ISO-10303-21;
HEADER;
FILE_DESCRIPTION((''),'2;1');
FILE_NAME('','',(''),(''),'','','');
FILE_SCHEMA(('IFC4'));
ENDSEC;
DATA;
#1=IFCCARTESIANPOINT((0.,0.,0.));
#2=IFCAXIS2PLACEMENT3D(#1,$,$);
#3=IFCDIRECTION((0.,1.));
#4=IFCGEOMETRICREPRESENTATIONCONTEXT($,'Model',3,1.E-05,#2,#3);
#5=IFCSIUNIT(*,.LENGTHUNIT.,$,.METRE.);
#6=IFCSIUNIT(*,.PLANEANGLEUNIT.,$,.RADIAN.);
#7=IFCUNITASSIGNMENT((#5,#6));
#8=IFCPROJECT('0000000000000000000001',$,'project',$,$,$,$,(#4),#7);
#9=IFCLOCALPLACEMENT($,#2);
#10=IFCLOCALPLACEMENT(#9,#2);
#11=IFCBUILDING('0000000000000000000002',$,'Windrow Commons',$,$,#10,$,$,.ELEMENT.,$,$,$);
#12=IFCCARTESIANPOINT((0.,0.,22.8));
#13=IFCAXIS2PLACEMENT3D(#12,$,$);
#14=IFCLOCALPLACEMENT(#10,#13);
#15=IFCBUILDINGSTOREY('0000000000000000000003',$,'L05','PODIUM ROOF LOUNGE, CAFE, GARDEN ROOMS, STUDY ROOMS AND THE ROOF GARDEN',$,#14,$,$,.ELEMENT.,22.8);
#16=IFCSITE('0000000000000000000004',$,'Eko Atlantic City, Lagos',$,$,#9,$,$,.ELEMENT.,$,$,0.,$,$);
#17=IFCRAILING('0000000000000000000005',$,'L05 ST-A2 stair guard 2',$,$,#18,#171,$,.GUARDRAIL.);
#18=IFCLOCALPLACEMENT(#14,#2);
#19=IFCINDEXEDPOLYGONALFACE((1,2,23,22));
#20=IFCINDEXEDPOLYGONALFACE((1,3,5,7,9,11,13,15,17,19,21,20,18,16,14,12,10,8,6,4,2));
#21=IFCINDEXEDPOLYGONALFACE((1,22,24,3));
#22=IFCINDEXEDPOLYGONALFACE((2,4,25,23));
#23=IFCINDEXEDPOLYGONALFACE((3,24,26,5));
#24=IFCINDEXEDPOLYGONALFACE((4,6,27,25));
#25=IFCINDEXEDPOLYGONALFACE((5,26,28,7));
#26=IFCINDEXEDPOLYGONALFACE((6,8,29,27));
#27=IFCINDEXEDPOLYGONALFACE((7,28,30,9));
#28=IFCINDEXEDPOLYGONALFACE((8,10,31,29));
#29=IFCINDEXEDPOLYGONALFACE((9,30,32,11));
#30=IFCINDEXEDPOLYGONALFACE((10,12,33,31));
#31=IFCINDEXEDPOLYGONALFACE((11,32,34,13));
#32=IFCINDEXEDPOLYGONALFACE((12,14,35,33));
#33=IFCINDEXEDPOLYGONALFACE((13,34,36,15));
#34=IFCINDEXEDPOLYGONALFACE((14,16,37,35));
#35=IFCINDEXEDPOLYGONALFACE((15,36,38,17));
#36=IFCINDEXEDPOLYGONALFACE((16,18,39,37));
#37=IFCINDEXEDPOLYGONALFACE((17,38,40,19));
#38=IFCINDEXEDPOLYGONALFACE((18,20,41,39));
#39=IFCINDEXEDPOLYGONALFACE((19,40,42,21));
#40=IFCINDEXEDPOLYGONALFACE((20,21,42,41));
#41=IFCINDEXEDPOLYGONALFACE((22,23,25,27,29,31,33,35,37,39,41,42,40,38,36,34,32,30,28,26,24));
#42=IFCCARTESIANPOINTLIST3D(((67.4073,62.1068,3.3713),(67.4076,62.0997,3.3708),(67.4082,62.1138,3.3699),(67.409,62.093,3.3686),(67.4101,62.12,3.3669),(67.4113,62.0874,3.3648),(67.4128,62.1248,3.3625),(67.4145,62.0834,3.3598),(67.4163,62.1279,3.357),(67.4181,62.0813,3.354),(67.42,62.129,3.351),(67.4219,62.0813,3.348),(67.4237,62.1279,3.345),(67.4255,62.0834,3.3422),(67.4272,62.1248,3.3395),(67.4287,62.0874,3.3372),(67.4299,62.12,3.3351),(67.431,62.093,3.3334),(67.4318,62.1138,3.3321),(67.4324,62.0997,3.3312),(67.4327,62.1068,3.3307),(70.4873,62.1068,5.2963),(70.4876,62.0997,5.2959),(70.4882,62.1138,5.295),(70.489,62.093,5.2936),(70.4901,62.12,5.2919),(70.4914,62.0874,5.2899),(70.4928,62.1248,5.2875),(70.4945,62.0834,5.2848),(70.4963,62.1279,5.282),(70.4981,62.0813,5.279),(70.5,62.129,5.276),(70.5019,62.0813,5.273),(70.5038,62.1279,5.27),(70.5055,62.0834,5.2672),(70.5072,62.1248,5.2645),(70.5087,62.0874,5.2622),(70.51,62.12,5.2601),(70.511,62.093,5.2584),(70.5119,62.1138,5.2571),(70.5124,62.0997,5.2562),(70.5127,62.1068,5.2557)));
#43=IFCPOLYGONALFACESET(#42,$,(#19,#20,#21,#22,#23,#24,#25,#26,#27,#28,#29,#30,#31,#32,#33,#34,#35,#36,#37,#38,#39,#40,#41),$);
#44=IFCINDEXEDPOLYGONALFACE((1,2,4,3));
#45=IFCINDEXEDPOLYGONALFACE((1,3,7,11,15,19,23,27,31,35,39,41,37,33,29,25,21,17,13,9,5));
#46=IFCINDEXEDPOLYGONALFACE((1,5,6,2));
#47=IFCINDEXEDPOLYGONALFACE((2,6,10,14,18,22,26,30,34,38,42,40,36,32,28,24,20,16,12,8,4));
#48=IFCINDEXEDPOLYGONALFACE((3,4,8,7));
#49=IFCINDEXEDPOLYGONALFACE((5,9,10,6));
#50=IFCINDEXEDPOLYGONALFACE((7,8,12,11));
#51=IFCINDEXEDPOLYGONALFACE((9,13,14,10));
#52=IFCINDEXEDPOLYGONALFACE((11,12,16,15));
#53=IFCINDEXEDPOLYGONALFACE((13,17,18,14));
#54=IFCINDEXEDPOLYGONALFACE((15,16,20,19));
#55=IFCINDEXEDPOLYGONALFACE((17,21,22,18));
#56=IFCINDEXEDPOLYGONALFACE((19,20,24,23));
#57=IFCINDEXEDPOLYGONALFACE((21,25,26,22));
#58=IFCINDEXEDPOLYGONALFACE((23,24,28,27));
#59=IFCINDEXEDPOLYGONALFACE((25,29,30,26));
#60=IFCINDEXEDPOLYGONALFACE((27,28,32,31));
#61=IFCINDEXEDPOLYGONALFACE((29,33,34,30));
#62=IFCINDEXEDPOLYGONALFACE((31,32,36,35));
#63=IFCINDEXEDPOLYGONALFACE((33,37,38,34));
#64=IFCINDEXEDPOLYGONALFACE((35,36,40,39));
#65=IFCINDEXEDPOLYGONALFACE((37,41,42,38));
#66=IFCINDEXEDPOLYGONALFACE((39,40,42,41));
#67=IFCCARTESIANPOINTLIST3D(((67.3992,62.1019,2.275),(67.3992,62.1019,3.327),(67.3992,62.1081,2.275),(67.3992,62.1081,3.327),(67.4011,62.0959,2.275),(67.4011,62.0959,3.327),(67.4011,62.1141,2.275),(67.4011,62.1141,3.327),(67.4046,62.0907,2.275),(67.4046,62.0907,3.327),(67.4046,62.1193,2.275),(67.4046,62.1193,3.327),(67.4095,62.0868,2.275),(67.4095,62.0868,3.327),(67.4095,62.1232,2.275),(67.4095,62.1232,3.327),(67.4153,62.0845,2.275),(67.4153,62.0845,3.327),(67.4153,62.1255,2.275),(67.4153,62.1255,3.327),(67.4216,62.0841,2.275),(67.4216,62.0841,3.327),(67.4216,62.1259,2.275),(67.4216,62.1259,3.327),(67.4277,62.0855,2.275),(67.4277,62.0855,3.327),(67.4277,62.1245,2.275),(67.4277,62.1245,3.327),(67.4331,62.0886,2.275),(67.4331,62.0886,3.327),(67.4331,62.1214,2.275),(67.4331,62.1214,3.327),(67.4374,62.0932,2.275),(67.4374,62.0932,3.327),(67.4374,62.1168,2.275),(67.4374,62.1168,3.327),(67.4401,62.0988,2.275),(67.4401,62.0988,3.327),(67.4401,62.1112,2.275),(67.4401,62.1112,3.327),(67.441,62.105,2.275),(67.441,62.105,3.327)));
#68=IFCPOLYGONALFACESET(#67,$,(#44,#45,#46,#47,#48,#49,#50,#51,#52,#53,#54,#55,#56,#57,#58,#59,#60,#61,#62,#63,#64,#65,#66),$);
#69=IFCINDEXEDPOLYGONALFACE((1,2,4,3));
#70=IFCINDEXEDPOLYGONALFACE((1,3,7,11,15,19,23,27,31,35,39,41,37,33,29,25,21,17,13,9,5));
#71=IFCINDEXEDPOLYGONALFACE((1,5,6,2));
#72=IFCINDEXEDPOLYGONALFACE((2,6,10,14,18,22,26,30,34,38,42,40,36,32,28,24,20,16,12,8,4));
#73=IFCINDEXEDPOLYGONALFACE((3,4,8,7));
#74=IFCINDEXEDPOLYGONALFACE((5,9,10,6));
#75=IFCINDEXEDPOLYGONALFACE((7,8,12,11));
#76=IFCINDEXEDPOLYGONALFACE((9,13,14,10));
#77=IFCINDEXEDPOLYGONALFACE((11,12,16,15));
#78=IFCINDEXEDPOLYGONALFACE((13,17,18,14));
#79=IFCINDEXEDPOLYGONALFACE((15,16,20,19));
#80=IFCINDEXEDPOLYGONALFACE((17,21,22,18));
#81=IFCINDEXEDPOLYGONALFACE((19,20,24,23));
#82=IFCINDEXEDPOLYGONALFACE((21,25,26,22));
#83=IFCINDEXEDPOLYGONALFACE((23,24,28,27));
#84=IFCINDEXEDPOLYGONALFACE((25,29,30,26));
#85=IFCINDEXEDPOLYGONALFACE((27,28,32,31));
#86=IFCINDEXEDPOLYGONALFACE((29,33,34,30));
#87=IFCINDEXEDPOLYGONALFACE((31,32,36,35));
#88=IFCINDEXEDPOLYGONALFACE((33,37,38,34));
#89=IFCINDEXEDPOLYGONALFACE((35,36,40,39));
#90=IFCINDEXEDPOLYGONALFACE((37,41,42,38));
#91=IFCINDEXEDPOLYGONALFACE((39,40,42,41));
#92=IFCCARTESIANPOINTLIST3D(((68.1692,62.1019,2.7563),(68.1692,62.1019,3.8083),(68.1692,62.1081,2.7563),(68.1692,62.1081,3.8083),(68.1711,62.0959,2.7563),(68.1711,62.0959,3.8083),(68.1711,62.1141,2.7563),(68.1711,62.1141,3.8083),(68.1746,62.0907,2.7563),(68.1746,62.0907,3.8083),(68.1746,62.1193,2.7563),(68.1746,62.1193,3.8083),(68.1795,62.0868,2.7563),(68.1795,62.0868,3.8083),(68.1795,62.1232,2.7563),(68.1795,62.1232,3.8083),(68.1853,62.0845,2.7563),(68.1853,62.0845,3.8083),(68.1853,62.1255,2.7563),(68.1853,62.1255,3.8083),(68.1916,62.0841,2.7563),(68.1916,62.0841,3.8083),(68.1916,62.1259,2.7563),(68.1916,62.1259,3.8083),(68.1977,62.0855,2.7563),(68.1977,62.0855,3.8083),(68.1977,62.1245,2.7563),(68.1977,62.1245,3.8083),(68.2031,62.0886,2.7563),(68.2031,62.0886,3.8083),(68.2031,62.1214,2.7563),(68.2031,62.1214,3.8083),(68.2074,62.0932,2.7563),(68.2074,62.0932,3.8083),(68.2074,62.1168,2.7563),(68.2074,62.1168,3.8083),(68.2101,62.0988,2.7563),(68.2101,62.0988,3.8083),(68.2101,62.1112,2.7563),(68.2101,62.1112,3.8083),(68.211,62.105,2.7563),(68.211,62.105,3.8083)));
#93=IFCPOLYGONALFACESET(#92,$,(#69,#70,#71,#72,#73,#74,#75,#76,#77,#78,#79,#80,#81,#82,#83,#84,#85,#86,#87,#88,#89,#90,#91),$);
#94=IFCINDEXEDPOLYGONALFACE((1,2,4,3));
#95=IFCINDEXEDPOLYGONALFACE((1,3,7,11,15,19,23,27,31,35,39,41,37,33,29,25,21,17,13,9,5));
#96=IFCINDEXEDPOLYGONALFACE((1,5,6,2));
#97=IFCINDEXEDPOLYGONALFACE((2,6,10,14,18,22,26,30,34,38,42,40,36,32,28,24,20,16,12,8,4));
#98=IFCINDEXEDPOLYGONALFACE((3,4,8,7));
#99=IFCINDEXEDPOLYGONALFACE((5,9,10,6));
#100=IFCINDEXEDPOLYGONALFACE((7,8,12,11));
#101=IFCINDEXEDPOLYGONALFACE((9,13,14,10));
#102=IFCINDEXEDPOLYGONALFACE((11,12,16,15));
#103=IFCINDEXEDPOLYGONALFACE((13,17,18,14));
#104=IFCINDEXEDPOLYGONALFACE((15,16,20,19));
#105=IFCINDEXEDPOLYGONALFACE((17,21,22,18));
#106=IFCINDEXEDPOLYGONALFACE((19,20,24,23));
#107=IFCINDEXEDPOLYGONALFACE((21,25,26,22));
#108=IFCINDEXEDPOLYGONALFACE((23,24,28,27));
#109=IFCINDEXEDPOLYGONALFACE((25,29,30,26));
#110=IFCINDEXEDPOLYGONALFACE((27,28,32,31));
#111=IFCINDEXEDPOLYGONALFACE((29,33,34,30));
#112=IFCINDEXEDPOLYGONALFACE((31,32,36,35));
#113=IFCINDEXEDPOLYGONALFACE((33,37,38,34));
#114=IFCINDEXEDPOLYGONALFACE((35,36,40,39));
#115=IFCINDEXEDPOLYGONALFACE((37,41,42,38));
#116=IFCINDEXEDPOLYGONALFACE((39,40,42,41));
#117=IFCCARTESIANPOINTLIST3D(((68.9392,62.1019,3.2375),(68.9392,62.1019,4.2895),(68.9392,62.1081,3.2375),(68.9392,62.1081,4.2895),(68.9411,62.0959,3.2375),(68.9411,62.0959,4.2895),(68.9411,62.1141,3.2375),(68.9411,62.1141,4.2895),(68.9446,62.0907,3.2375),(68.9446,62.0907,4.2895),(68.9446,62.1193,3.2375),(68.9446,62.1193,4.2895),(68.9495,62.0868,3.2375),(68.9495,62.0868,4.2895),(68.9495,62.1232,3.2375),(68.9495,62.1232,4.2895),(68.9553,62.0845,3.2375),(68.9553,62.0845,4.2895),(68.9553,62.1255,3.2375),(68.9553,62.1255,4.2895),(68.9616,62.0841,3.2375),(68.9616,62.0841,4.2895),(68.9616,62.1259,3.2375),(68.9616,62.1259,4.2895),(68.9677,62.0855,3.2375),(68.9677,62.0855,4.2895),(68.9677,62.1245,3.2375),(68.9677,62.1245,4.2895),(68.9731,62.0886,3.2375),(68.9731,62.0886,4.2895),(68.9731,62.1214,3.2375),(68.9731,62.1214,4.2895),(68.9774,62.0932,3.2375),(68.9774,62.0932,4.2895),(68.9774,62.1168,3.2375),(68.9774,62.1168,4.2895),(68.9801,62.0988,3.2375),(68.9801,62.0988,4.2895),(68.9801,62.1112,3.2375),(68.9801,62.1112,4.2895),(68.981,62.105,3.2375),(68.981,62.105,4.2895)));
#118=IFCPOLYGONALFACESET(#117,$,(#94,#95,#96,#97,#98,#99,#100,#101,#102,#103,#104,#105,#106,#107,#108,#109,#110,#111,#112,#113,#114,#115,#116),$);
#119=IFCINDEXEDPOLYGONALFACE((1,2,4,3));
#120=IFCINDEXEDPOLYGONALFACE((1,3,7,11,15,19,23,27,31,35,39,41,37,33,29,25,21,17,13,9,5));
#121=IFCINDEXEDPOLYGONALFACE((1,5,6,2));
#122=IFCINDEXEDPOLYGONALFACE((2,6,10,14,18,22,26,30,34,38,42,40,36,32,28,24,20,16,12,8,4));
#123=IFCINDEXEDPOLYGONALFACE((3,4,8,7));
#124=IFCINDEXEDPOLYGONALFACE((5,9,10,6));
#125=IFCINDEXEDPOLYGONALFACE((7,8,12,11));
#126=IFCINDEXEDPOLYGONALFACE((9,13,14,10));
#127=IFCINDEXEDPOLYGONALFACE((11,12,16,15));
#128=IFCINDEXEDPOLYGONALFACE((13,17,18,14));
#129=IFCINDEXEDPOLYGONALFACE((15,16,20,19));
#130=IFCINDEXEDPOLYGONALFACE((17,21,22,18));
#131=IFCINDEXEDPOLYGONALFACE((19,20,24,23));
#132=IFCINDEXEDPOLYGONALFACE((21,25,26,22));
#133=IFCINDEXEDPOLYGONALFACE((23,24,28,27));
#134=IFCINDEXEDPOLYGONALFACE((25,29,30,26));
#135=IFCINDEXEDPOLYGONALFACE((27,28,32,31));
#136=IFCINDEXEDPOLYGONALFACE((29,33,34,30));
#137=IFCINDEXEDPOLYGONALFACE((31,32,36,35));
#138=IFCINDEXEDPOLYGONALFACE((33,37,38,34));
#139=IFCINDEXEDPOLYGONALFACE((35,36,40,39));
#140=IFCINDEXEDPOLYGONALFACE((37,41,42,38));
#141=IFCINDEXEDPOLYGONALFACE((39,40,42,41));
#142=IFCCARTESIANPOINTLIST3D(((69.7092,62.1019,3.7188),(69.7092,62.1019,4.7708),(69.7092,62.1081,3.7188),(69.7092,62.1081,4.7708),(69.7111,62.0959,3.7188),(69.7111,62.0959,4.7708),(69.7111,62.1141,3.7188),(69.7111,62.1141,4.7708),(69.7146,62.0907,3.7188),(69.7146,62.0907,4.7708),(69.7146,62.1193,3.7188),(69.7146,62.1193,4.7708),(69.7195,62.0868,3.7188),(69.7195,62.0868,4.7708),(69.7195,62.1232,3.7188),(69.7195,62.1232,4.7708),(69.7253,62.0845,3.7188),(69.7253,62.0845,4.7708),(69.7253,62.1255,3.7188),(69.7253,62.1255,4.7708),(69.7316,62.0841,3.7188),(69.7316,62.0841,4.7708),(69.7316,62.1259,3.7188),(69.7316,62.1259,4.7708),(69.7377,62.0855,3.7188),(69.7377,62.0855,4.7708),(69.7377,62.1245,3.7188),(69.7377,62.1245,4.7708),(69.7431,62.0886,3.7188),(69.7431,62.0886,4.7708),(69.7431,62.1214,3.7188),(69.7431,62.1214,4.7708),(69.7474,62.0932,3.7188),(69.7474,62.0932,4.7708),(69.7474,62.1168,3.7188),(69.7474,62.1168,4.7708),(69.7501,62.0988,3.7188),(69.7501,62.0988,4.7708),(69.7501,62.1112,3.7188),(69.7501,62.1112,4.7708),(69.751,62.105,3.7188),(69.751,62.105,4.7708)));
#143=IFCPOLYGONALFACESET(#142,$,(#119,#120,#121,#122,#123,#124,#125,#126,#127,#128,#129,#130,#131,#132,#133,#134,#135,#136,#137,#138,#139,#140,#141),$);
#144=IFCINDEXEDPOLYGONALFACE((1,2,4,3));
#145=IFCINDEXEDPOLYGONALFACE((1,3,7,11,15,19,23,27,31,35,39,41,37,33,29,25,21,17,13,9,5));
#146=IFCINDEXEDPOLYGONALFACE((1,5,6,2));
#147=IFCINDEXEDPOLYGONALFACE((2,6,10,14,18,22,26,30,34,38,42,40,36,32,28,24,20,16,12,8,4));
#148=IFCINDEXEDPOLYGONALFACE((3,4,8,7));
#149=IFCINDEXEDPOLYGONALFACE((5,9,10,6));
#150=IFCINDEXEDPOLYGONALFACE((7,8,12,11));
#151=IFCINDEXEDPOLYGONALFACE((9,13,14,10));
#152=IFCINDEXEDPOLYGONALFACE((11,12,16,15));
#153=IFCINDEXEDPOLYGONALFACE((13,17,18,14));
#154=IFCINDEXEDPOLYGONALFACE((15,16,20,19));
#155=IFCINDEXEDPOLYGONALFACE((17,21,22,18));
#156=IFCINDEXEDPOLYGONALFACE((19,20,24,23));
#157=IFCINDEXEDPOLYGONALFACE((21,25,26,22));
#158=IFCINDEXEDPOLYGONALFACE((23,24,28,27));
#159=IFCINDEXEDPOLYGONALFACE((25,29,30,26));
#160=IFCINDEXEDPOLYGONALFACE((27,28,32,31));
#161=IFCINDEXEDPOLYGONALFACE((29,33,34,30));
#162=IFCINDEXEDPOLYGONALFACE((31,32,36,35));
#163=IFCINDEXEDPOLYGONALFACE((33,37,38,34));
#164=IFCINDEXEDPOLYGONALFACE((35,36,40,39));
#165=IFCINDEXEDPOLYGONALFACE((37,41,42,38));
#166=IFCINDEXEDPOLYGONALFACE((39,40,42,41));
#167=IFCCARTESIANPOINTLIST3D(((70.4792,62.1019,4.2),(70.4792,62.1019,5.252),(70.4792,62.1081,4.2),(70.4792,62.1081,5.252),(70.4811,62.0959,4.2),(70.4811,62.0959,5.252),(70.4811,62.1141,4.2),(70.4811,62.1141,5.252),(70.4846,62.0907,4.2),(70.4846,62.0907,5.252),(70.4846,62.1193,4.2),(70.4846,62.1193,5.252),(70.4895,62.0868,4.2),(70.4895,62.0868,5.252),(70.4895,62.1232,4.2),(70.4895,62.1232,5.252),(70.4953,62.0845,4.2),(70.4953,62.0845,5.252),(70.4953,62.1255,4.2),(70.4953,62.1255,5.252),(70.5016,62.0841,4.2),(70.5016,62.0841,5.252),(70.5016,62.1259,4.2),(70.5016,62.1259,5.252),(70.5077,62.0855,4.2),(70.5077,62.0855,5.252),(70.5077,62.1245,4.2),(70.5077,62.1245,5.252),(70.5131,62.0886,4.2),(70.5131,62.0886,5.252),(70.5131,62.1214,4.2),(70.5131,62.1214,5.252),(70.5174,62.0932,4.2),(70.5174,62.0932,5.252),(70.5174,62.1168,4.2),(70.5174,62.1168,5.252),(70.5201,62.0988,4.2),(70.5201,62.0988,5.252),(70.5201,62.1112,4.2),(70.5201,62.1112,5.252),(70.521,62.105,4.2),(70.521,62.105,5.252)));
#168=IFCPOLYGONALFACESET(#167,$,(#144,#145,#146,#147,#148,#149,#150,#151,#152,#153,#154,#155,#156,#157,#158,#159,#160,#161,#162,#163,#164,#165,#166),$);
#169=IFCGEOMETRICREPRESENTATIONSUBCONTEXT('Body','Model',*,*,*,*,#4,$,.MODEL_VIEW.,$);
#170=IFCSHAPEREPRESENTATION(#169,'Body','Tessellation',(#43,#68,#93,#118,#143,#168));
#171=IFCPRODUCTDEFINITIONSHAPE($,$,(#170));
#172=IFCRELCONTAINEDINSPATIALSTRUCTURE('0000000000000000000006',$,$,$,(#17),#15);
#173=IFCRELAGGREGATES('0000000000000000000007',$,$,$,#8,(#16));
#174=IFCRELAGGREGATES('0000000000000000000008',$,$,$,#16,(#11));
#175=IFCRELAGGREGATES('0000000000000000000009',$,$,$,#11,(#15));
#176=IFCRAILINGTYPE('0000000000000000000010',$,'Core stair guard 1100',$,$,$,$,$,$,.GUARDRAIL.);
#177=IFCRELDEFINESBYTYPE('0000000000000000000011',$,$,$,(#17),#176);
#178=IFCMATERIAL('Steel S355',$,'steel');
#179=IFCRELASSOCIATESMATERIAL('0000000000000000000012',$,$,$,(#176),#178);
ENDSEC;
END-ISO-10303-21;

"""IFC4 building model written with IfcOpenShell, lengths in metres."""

from ifc_helpers import new_model, si_unit, direction, frame, origin, origin_2d, place, context, subcontext, project, spatial, circle, extrude, material, type_object, element, save


model = new_model("IFC4")

# Units and contexts
model_context = context("Model", 3, precision=1e-05, world=origin(), true_north=direction((0.0, 1.0)))
body_context = subcontext(model_context, "Body", "Model", "MODEL_VIEW")
ifc_project = project(units=[si_unit("LENGTHUNIT", "METRE"), si_unit("PLANEANGLEUNIT", "RADIAN")], contexts=[model_context])

# Site, building, storey
site_placement = place(None, origin())
site = spatial("IfcSite", under=ifc_project, at=site_placement, Name="Eko Atlantic City, Lagos", CompositionType="ELEMENT", RefElevation=0.0)
building_placement = place(site_placement, origin())
building = spatial("IfcBuilding", under=site, at=building_placement, Name="Windrow Commons", CompositionType="ELEMENT")
storey_placement = place(building_placement, frame((0.0, 0.0, 22.8)))
storey = spatial("IfcBuildingStorey", under=building, at=storey_placement, Name="L05", Description="PODIUM ROOF LOUNGE, CAFE, GARDEN ROOMS, STUDY ROOMS AND THE ROOF GARDEN", CompositionType="ELEMENT", Elevation=22.8)

# Railing
ifc_material_1 = material(Name="Steel S355", Category="steel")
railing_type_1 = type_object("IfcRailingType", Name="Core stair guard 1100", PredefinedType="GUARDRAIL", material=ifc_material_1)
railing_1_placement = place(storey_placement, frame((67.42, 62.105, 2.275)))
element("IfcRailing", 1, at=railing_1_placement, inside=storey, type_object=railing_type_1, Name="L05 ST-A2 stair guard 2", PredefinedType="GUARDRAIL", context=body_context, shape_type="SweptSolid", body=[
    extrude(circle(Radius=0.024, at=origin_2d()), frame((0.0, 0.0, 1.076), z_axis=(0.847998, 0.0, 0.529999), x_axis=(0.0, 1.0, 0.0)), (0.0, 0.0, 1.0), 3.6321),
    extrude(circle(Radius=0.021, at=origin_2d()), origin(), (0.0, 0.0, 1.0), 1.052),
    extrude(circle(Radius=0.021, at=origin_2d()), frame((0.77, 0.0, 0.4813)), (0.0, 0.0, 1.0), 1.052),
    extrude(circle(Radius=0.021, at=origin_2d()), frame((1.54, 0.0, 0.9625)), (0.0, 0.0, 1.0), 1.052),
    extrude(circle(Radius=0.021, at=origin_2d()), frame((2.31, 0.0, 1.4438)), (0.0, 0.0, 1.0), 1.052),
    extrude(circle(Radius=0.021, at=origin_2d()), frame((3.08, 0.0, 1.925)), (0.0, 0.0, 1.0), 1.052),
])

save(model, "model.ifc")
